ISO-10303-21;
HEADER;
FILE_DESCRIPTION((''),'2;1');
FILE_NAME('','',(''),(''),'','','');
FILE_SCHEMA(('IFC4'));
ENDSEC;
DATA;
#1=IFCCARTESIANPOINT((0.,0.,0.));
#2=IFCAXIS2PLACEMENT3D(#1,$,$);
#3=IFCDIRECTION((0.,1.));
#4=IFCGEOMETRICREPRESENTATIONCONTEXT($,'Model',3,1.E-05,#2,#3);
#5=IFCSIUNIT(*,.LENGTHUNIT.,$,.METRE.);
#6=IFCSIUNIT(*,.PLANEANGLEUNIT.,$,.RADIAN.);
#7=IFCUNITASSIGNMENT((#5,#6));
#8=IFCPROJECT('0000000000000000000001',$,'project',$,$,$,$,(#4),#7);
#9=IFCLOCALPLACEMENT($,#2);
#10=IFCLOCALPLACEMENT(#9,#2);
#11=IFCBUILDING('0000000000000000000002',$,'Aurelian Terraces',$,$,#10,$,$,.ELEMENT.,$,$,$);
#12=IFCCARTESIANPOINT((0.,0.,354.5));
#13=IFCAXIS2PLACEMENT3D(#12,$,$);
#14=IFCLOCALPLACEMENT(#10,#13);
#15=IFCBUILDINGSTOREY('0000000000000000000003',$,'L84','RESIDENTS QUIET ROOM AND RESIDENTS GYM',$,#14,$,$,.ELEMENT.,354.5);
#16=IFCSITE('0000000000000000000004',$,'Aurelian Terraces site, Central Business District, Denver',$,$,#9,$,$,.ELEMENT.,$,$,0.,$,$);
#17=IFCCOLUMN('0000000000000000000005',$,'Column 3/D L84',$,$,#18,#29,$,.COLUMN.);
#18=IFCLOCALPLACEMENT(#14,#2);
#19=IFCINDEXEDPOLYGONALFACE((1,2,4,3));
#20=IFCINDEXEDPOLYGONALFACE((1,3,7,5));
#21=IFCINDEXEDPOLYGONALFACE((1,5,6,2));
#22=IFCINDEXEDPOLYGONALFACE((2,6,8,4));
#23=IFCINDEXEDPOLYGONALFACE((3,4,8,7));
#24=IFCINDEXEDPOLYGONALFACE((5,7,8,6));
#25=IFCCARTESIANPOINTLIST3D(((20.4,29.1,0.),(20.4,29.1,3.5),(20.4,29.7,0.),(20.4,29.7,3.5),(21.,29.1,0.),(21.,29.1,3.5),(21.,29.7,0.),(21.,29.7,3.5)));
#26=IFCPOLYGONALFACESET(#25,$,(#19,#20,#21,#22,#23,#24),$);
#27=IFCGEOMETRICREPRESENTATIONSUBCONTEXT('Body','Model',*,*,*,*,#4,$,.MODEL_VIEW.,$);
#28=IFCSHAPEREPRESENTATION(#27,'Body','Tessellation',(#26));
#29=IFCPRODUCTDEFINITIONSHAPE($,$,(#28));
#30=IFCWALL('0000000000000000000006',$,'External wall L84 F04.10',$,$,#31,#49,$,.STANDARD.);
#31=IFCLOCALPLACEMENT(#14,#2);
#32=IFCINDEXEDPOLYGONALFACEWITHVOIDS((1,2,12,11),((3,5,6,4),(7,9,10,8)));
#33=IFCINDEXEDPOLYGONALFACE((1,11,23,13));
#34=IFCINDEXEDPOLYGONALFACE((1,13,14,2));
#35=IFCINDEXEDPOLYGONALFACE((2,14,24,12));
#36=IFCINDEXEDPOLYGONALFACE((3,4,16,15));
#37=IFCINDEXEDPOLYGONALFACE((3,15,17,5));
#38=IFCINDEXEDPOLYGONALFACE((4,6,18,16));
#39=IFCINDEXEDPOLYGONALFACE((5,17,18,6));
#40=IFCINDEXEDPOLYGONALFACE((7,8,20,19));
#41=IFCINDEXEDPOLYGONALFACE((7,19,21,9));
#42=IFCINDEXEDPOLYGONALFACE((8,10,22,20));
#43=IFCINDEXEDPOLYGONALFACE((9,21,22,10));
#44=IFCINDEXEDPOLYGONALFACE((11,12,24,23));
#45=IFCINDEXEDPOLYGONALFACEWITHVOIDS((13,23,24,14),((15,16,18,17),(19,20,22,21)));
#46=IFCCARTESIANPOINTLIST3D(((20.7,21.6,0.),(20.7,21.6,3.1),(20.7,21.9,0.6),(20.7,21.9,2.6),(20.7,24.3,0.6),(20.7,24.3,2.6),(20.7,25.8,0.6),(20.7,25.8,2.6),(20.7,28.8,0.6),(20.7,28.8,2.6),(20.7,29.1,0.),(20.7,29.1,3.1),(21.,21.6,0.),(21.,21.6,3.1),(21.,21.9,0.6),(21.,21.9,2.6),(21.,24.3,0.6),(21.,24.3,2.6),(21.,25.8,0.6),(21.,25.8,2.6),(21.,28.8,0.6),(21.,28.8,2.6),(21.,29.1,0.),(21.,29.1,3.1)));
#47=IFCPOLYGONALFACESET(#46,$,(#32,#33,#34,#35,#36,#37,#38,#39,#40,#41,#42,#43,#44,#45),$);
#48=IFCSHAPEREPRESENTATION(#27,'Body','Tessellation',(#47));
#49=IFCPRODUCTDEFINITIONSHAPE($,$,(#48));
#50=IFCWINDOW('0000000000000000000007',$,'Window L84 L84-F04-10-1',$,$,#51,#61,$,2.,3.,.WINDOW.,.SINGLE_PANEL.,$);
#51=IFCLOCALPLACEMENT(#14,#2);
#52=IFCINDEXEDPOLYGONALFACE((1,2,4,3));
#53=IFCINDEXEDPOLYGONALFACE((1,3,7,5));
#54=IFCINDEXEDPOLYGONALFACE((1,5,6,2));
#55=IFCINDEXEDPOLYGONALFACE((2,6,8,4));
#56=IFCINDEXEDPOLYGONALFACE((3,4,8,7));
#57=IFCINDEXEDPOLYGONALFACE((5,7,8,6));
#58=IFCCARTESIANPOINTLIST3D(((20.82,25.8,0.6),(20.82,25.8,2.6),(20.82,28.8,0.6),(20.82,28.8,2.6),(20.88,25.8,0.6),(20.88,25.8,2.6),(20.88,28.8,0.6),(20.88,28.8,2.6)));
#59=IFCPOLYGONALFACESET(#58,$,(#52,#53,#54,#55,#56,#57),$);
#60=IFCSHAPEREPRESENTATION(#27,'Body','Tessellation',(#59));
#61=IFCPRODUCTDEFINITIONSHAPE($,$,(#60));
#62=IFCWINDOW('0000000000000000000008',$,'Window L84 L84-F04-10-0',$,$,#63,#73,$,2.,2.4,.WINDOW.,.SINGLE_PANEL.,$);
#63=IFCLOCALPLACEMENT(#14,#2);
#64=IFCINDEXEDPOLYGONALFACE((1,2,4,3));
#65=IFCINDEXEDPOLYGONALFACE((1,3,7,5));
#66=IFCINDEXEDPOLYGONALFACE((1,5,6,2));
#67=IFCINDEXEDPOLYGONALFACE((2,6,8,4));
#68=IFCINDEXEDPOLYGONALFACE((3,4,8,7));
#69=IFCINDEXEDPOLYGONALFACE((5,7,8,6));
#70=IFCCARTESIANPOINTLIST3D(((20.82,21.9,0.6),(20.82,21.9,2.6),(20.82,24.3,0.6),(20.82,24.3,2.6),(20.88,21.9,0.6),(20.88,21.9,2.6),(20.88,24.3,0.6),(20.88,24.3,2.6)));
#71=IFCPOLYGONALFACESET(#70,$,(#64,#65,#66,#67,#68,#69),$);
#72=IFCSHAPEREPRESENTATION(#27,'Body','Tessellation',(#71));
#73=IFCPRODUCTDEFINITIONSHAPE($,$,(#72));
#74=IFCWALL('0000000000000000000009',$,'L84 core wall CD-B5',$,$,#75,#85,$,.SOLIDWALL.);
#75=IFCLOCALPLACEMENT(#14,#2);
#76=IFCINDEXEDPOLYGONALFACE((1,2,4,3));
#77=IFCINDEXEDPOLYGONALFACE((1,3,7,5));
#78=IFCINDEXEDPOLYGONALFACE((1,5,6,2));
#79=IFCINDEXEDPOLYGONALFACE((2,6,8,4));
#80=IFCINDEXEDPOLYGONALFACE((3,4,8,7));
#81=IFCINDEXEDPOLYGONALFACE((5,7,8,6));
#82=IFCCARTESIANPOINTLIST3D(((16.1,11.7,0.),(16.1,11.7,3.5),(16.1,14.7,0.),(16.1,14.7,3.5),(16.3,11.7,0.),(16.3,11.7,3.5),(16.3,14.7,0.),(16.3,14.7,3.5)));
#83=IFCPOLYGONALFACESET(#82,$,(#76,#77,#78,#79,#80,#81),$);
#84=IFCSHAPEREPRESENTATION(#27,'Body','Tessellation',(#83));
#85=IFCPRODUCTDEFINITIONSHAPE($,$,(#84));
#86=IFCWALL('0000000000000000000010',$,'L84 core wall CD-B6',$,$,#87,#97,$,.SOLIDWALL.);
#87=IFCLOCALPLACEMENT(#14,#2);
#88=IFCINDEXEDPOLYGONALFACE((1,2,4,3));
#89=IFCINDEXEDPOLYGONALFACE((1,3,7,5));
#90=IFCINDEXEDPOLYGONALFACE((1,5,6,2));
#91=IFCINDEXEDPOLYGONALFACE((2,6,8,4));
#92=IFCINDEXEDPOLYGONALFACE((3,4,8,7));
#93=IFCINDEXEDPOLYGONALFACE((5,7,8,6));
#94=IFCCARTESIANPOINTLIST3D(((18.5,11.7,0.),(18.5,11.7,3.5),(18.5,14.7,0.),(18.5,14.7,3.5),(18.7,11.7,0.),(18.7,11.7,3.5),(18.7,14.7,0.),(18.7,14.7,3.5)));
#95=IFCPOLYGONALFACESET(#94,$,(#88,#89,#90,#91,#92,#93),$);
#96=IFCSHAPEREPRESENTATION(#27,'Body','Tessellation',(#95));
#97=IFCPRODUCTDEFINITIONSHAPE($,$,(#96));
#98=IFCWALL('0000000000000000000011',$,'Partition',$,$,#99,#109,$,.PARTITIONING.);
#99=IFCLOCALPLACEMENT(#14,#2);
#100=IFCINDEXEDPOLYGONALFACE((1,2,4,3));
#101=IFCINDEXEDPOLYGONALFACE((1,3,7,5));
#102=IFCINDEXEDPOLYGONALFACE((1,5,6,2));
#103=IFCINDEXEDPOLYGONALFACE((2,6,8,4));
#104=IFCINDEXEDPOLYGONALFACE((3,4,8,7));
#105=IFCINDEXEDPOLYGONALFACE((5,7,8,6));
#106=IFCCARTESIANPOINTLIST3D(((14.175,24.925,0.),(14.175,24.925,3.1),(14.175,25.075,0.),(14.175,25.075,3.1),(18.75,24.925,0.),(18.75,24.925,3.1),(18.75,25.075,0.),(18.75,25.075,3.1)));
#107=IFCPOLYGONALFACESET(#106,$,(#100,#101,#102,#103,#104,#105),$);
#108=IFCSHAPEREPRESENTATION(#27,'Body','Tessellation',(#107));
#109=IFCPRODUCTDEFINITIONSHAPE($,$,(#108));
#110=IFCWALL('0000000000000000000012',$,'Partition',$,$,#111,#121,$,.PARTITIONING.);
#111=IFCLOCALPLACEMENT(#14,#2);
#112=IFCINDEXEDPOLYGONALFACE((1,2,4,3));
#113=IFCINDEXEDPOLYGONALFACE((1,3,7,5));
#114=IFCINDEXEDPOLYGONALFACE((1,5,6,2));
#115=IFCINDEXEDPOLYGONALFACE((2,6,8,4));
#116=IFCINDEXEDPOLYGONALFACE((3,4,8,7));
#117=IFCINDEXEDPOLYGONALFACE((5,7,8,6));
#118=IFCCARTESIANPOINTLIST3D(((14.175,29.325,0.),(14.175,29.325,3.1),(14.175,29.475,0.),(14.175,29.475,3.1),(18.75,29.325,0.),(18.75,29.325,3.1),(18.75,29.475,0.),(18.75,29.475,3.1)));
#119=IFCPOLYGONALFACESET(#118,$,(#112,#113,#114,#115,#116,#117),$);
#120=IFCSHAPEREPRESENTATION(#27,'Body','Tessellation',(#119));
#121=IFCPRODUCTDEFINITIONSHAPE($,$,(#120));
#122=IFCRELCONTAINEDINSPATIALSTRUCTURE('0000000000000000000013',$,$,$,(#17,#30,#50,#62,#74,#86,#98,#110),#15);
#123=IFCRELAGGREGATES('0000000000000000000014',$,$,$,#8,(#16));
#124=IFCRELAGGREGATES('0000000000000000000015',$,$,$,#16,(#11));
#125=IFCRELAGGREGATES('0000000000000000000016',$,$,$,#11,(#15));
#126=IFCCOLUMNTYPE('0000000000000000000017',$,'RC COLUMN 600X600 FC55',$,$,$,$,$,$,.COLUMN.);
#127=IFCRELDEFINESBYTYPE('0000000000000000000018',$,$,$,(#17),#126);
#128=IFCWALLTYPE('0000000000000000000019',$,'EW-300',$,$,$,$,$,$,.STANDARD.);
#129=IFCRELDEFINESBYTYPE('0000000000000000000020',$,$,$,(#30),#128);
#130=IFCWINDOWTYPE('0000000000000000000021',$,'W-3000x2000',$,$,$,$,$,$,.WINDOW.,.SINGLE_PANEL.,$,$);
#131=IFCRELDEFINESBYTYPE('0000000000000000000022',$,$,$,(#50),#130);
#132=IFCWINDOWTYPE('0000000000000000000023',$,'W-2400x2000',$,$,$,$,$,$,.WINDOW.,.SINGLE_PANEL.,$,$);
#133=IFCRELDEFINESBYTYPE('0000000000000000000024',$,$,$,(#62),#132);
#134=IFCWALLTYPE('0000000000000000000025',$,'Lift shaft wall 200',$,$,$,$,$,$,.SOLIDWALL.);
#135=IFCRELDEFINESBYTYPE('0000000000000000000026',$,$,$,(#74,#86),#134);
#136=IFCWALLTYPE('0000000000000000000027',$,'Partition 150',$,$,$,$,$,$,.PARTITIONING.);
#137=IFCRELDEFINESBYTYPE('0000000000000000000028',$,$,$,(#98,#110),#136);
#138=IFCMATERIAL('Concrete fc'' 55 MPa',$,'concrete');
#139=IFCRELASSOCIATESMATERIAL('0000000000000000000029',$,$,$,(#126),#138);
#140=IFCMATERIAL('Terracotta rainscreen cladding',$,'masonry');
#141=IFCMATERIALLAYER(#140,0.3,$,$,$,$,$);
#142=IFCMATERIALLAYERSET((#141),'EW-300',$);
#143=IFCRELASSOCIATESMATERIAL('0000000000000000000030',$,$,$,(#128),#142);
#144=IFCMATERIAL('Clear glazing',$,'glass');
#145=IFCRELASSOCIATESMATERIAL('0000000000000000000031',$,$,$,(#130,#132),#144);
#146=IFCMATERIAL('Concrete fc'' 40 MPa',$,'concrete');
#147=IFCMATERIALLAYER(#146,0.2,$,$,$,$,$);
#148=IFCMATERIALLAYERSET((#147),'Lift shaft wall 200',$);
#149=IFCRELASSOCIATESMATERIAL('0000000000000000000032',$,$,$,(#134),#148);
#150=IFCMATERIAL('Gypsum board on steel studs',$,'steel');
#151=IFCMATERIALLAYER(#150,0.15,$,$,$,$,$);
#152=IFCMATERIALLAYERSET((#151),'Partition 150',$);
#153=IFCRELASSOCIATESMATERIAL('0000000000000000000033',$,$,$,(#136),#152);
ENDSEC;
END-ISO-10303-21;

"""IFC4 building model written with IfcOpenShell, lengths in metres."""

from ifc_helpers import new_model, si_unit, direction, frame, frame_2d, origin, origin_2d, place, context, subcontext, project, spatial, rectangle, extrude, source, transform, mapped, material, layer, layer_set, material_profile, profile_set, type_object, element, fill, save


model = new_model("IFC4")

# Units and contexts
model_context = context("Model", 3, precision=1e-05, world=origin(), true_north=direction((0.0, 1.0)))
body_context = subcontext(model_context, "Body", "Model", "MODEL_VIEW")
ifc_project = project(units=[si_unit("LENGTHUNIT", "METRE"), si_unit("PLANEANGLEUNIT", "RADIAN")], contexts=[model_context])

# Site, building, storey
site_placement = place(None, origin())
site = spatial("IfcSite", under=ifc_project, at=site_placement, Name="Aurelian Terraces site, Central Business District, Denver", CompositionType="ELEMENT", RefElevation=0.0)
building_placement = place(site_placement, origin())
building = spatial("IfcBuilding", under=site, at=building_placement, Name="Aurelian Terraces", CompositionType="ELEMENT")
storey_placement = place(building_placement, frame((0.0, 0.0, 354.5)))
storey = spatial("IfcBuildingStorey", under=building, at=storey_placement, Name="L84", Description="RESIDENTS QUIET ROOM AND RESIDENTS GYM", CompositionType="ELEMENT", Elevation=354.5)

# Column
ifc_material_1 = material(Name="Concrete fc' 55 MPa", Category="concrete")
ifc_material_profile = material_profile(ifc_material_1, rectangle(XDim=0.6, YDim=0.6, at=origin_2d()))
ifc_profile_set = profile_set([ifc_material_profile], Name="Concrete fc' 55 MPa")
column_type = type_object("IfcColumnType", Name="RC COLUMN 600X600 FC55", PredefinedType="COLUMN", material=ifc_profile_set)
shared_shape_1 = source(origin(), body_context, "Body", "SweptSolid", [
    extrude(rectangle(XDim=0.6, YDim=0.6, at=origin_2d()), origin(), (0.0, 0.0, 1.0), 3.5),
])
column_placement = place(storey_placement, frame((20.7, 29.4, 0.0), z_axis=(0.0, 0.0, 1.0), x_axis=(1.0, 0.0, 0.0)))
element("IfcColumn", 1, at=column_placement, inside=storey, type_object=column_type, Name="Column 3/D L84", PredefinedType="COLUMN", context=body_context, shape_type="MappedRepresentation", body=[
    mapped(shared_shape_1, transform((0.0, 0.0, 0.0), scale=1.0)),
])

# Wall, openings, windows
ifc_material_2 = material(Name="Terracotta rainscreen cladding", Category="masonry")
ifc_layer_1 = layer(ifc_material_2, 0.3)
ifc_layer_set_1 = layer_set([ifc_layer_1], Name="EW-300")
wall_type_1 = type_object("IfcWallType", Name="EW-300", PredefinedType="STANDARD", material=ifc_layer_set_1)
shared_shape_2 = source(origin(), body_context, "Body", "SweptSolid", [
    extrude(rectangle(XDim=7.5, YDim=0.3, at=frame_2d((3.75, 0.0))), origin(), (0.0, 0.0, 1.0), 3.1),
])
wall_1_placement = place(storey_placement, frame((20.85, 21.6, 0.0), z_axis=(0.0, 0.0, 1.0), x_axis=(0.0, 1.0, 0.0)))
wall_1 = element("IfcWall", 2, at=wall_1_placement, inside=storey, type_object=wall_type_1, Name="External wall L84 F04.10", PredefinedType="STANDARD", context=body_context, shape_type="MappedRepresentation", body=[
    mapped(shared_shape_2, transform((0.0, 0.0, 0.0), scale=1.0)),
])
shared_shape_3 = source(origin(), body_context, "Body", "SweptSolid", [
    extrude(rectangle(XDim=2.4, YDim=2.0, at=frame_2d((1.2, 1.0))), frame((0.0, 0.16, 0.0), z_axis=(0.0, -1.0, 0.0), x_axis=(1.0, 0.0, 0.0)), (0.0, 0.0, 1.0), 0.32),
])
opening_1_placement = place(wall_1_placement, frame((0.3, 0.0, 0.6)))
opening_1 = element("IfcOpeningElement", 3, at=opening_1_placement, cuts=wall_1, PredefinedType="OPENING", context=body_context, shape_type="MappedRepresentation", body=[
    mapped(shared_shape_3, transform((0.0, 0.0, 0.0), scale=1.0)),
])
shared_shape_4 = source(origin(), body_context, "Body", "SweptSolid", [
    extrude(rectangle(XDim=3.0, YDim=2.0, at=frame_2d((1.5, 1.0))), frame((0.0, 0.16, 0.0), z_axis=(0.0, -1.0, 0.0), x_axis=(1.0, 0.0, 0.0)), (0.0, 0.0, 1.0), 0.32),
])
opening_2_placement = place(wall_1_placement, frame((4.2, 0.0, 0.6)))
opening_2 = element("IfcOpeningElement", 4, at=opening_2_placement, cuts=wall_1, PredefinedType="OPENING", context=body_context, shape_type="MappedRepresentation", body=[
    mapped(shared_shape_4, transform((0.0, 0.0, 0.0), scale=1.0)),
])
ifc_material_3 = material(Name="Clear glazing", Category="glass")
window_type_1 = type_object("IfcWindowType", Name="W-3000x2000", PartitioningType="SINGLE_PANEL", PredefinedType="WINDOW", material=ifc_material_3)
shared_shape_5 = source(origin(), body_context, "Body", "SweptSolid", [
    extrude(rectangle(XDim=3.0, YDim=2.0, at=frame_2d((1.5, 1.0))), frame((0.0, 0.03, 0.0), z_axis=(0.0, -1.0, 0.0), x_axis=(1.0, 0.0, 0.0)), (0.0, 0.0, 1.0), 0.06),
])
window_1_placement = place(opening_2_placement, origin())
window_1 = element("IfcWindow", 5, at=window_1_placement, inside=storey, type_object=window_type_1, Name="Window L84 L84-F04-10-1", OverallHeight=2.0, OverallWidth=3.0, PartitioningType="SINGLE_PANEL", PredefinedType="WINDOW", context=body_context, shape_type="MappedRepresentation", body=[
    mapped(shared_shape_5, transform((0.0, 0.0, 0.0), scale=1.0)),
])
fill(opening_2, window_1)
window_type_2 = type_object("IfcWindowType", Name="W-2400x2000", PartitioningType="SINGLE_PANEL", PredefinedType="WINDOW", material=ifc_material_3)
shared_shape_6 = source(origin(), body_context, "Body", "SweptSolid", [
    extrude(rectangle(XDim=2.4, YDim=2.0, at=frame_2d((1.2, 1.0))), frame((0.0, 0.03, 0.0), z_axis=(0.0, -1.0, 0.0), x_axis=(1.0, 0.0, 0.0)), (0.0, 0.0, 1.0), 0.06),
])
window_2_placement = place(opening_1_placement, origin())
window_2 = element("IfcWindow", 6, at=window_2_placement, inside=storey, type_object=window_type_2, Name="Window L84 L84-F04-10-0", OverallHeight=2.0, OverallWidth=2.4, PartitioningType="SINGLE_PANEL", PredefinedType="WINDOW", context=body_context, shape_type="MappedRepresentation", body=[
    mapped(shared_shape_6, transform((0.0, 0.0, 0.0), scale=1.0)),
])
fill(opening_1, window_2)

# Walls
ifc_material_4 = material(Name="Concrete fc' 40 MPa", Category="concrete")
ifc_layer_2 = layer(ifc_material_4, 0.2)
ifc_layer_set_2 = layer_set([ifc_layer_2], Name="Lift shaft wall 200")
wall_type_2 = type_object("IfcWallType", Name="Lift shaft wall 200", PredefinedType="SOLIDWALL", material=ifc_layer_set_2)
shared_shape_7 = source(origin(), body_context, "Body", "SweptSolid", [
    extrude(rectangle(XDim=3.0, YDim=0.2, at=frame_2d((1.5, 0.0))), origin(), (0.0, 0.0, 1.0), 3.5),
])
for number, where, z_axis, x_axis, name in (
    (7, (16.2, 11.7, 0.0), (0.0, 0.0, 1.0), (0.0, 1.0, 0.0), "L84 core wall CD-B5"),
    (8, (18.6, 11.7, 0.0), (0.0, 0.0, 1.0), (0.0, 1.0, 0.0), "L84 core wall CD-B6"),
):
    element("IfcWall", number, at=place(storey_placement, frame(where, z_axis=z_axis, x_axis=x_axis)), inside=storey, type_object=wall_type_2, Name=name, PredefinedType="SOLIDWALL", context=body_context, shape_type="MappedRepresentation", body=[
        mapped(shared_shape_7, transform((0.0, 0.0, 0.0), scale=1.0)),
    ])
ifc_material_5 = material(Name="Gypsum board on steel studs", Category="steel")
ifc_layer_3 = layer(ifc_material_5, 0.15)
ifc_layer_set_3 = layer_set([ifc_layer_3], Name="Partition 150")
wall_type_3 = type_object("IfcWallType", Name="Partition 150", PredefinedType="PARTITIONING", material=ifc_layer_set_3)
shared_shape_8 = source(origin(), body_context, "Body", "SweptSolid", [
    extrude(rectangle(XDim=4.575, YDim=0.15, at=frame_2d((2.2875, 0.0))), origin(), (0.0, 0.0, 1.0), 3.1),
])
for number, where, z_axis, x_axis, name in (
    (9, (14.175, 25.0, 0.0), (0.0, 0.0, 1.0), (1.0, 0.0, 0.0), "Partition"),
    (10, (18.75, 29.4, 0.0), (0.0, 0.0, 1.0), (-1.0, 0.0, 0.0), "Partition"),
):
    element("IfcWall", number, at=place(storey_placement, frame(where, z_axis=z_axis, x_axis=x_axis)), inside=storey, type_object=wall_type_3, Name=name, PredefinedType="PARTITIONING", context=body_context, shape_type="MappedRepresentation", body=[
        mapped(shared_shape_8, transform((0.0, 0.0, 0.0), scale=1.0)),
    ])

save(model, "model.ifc")
